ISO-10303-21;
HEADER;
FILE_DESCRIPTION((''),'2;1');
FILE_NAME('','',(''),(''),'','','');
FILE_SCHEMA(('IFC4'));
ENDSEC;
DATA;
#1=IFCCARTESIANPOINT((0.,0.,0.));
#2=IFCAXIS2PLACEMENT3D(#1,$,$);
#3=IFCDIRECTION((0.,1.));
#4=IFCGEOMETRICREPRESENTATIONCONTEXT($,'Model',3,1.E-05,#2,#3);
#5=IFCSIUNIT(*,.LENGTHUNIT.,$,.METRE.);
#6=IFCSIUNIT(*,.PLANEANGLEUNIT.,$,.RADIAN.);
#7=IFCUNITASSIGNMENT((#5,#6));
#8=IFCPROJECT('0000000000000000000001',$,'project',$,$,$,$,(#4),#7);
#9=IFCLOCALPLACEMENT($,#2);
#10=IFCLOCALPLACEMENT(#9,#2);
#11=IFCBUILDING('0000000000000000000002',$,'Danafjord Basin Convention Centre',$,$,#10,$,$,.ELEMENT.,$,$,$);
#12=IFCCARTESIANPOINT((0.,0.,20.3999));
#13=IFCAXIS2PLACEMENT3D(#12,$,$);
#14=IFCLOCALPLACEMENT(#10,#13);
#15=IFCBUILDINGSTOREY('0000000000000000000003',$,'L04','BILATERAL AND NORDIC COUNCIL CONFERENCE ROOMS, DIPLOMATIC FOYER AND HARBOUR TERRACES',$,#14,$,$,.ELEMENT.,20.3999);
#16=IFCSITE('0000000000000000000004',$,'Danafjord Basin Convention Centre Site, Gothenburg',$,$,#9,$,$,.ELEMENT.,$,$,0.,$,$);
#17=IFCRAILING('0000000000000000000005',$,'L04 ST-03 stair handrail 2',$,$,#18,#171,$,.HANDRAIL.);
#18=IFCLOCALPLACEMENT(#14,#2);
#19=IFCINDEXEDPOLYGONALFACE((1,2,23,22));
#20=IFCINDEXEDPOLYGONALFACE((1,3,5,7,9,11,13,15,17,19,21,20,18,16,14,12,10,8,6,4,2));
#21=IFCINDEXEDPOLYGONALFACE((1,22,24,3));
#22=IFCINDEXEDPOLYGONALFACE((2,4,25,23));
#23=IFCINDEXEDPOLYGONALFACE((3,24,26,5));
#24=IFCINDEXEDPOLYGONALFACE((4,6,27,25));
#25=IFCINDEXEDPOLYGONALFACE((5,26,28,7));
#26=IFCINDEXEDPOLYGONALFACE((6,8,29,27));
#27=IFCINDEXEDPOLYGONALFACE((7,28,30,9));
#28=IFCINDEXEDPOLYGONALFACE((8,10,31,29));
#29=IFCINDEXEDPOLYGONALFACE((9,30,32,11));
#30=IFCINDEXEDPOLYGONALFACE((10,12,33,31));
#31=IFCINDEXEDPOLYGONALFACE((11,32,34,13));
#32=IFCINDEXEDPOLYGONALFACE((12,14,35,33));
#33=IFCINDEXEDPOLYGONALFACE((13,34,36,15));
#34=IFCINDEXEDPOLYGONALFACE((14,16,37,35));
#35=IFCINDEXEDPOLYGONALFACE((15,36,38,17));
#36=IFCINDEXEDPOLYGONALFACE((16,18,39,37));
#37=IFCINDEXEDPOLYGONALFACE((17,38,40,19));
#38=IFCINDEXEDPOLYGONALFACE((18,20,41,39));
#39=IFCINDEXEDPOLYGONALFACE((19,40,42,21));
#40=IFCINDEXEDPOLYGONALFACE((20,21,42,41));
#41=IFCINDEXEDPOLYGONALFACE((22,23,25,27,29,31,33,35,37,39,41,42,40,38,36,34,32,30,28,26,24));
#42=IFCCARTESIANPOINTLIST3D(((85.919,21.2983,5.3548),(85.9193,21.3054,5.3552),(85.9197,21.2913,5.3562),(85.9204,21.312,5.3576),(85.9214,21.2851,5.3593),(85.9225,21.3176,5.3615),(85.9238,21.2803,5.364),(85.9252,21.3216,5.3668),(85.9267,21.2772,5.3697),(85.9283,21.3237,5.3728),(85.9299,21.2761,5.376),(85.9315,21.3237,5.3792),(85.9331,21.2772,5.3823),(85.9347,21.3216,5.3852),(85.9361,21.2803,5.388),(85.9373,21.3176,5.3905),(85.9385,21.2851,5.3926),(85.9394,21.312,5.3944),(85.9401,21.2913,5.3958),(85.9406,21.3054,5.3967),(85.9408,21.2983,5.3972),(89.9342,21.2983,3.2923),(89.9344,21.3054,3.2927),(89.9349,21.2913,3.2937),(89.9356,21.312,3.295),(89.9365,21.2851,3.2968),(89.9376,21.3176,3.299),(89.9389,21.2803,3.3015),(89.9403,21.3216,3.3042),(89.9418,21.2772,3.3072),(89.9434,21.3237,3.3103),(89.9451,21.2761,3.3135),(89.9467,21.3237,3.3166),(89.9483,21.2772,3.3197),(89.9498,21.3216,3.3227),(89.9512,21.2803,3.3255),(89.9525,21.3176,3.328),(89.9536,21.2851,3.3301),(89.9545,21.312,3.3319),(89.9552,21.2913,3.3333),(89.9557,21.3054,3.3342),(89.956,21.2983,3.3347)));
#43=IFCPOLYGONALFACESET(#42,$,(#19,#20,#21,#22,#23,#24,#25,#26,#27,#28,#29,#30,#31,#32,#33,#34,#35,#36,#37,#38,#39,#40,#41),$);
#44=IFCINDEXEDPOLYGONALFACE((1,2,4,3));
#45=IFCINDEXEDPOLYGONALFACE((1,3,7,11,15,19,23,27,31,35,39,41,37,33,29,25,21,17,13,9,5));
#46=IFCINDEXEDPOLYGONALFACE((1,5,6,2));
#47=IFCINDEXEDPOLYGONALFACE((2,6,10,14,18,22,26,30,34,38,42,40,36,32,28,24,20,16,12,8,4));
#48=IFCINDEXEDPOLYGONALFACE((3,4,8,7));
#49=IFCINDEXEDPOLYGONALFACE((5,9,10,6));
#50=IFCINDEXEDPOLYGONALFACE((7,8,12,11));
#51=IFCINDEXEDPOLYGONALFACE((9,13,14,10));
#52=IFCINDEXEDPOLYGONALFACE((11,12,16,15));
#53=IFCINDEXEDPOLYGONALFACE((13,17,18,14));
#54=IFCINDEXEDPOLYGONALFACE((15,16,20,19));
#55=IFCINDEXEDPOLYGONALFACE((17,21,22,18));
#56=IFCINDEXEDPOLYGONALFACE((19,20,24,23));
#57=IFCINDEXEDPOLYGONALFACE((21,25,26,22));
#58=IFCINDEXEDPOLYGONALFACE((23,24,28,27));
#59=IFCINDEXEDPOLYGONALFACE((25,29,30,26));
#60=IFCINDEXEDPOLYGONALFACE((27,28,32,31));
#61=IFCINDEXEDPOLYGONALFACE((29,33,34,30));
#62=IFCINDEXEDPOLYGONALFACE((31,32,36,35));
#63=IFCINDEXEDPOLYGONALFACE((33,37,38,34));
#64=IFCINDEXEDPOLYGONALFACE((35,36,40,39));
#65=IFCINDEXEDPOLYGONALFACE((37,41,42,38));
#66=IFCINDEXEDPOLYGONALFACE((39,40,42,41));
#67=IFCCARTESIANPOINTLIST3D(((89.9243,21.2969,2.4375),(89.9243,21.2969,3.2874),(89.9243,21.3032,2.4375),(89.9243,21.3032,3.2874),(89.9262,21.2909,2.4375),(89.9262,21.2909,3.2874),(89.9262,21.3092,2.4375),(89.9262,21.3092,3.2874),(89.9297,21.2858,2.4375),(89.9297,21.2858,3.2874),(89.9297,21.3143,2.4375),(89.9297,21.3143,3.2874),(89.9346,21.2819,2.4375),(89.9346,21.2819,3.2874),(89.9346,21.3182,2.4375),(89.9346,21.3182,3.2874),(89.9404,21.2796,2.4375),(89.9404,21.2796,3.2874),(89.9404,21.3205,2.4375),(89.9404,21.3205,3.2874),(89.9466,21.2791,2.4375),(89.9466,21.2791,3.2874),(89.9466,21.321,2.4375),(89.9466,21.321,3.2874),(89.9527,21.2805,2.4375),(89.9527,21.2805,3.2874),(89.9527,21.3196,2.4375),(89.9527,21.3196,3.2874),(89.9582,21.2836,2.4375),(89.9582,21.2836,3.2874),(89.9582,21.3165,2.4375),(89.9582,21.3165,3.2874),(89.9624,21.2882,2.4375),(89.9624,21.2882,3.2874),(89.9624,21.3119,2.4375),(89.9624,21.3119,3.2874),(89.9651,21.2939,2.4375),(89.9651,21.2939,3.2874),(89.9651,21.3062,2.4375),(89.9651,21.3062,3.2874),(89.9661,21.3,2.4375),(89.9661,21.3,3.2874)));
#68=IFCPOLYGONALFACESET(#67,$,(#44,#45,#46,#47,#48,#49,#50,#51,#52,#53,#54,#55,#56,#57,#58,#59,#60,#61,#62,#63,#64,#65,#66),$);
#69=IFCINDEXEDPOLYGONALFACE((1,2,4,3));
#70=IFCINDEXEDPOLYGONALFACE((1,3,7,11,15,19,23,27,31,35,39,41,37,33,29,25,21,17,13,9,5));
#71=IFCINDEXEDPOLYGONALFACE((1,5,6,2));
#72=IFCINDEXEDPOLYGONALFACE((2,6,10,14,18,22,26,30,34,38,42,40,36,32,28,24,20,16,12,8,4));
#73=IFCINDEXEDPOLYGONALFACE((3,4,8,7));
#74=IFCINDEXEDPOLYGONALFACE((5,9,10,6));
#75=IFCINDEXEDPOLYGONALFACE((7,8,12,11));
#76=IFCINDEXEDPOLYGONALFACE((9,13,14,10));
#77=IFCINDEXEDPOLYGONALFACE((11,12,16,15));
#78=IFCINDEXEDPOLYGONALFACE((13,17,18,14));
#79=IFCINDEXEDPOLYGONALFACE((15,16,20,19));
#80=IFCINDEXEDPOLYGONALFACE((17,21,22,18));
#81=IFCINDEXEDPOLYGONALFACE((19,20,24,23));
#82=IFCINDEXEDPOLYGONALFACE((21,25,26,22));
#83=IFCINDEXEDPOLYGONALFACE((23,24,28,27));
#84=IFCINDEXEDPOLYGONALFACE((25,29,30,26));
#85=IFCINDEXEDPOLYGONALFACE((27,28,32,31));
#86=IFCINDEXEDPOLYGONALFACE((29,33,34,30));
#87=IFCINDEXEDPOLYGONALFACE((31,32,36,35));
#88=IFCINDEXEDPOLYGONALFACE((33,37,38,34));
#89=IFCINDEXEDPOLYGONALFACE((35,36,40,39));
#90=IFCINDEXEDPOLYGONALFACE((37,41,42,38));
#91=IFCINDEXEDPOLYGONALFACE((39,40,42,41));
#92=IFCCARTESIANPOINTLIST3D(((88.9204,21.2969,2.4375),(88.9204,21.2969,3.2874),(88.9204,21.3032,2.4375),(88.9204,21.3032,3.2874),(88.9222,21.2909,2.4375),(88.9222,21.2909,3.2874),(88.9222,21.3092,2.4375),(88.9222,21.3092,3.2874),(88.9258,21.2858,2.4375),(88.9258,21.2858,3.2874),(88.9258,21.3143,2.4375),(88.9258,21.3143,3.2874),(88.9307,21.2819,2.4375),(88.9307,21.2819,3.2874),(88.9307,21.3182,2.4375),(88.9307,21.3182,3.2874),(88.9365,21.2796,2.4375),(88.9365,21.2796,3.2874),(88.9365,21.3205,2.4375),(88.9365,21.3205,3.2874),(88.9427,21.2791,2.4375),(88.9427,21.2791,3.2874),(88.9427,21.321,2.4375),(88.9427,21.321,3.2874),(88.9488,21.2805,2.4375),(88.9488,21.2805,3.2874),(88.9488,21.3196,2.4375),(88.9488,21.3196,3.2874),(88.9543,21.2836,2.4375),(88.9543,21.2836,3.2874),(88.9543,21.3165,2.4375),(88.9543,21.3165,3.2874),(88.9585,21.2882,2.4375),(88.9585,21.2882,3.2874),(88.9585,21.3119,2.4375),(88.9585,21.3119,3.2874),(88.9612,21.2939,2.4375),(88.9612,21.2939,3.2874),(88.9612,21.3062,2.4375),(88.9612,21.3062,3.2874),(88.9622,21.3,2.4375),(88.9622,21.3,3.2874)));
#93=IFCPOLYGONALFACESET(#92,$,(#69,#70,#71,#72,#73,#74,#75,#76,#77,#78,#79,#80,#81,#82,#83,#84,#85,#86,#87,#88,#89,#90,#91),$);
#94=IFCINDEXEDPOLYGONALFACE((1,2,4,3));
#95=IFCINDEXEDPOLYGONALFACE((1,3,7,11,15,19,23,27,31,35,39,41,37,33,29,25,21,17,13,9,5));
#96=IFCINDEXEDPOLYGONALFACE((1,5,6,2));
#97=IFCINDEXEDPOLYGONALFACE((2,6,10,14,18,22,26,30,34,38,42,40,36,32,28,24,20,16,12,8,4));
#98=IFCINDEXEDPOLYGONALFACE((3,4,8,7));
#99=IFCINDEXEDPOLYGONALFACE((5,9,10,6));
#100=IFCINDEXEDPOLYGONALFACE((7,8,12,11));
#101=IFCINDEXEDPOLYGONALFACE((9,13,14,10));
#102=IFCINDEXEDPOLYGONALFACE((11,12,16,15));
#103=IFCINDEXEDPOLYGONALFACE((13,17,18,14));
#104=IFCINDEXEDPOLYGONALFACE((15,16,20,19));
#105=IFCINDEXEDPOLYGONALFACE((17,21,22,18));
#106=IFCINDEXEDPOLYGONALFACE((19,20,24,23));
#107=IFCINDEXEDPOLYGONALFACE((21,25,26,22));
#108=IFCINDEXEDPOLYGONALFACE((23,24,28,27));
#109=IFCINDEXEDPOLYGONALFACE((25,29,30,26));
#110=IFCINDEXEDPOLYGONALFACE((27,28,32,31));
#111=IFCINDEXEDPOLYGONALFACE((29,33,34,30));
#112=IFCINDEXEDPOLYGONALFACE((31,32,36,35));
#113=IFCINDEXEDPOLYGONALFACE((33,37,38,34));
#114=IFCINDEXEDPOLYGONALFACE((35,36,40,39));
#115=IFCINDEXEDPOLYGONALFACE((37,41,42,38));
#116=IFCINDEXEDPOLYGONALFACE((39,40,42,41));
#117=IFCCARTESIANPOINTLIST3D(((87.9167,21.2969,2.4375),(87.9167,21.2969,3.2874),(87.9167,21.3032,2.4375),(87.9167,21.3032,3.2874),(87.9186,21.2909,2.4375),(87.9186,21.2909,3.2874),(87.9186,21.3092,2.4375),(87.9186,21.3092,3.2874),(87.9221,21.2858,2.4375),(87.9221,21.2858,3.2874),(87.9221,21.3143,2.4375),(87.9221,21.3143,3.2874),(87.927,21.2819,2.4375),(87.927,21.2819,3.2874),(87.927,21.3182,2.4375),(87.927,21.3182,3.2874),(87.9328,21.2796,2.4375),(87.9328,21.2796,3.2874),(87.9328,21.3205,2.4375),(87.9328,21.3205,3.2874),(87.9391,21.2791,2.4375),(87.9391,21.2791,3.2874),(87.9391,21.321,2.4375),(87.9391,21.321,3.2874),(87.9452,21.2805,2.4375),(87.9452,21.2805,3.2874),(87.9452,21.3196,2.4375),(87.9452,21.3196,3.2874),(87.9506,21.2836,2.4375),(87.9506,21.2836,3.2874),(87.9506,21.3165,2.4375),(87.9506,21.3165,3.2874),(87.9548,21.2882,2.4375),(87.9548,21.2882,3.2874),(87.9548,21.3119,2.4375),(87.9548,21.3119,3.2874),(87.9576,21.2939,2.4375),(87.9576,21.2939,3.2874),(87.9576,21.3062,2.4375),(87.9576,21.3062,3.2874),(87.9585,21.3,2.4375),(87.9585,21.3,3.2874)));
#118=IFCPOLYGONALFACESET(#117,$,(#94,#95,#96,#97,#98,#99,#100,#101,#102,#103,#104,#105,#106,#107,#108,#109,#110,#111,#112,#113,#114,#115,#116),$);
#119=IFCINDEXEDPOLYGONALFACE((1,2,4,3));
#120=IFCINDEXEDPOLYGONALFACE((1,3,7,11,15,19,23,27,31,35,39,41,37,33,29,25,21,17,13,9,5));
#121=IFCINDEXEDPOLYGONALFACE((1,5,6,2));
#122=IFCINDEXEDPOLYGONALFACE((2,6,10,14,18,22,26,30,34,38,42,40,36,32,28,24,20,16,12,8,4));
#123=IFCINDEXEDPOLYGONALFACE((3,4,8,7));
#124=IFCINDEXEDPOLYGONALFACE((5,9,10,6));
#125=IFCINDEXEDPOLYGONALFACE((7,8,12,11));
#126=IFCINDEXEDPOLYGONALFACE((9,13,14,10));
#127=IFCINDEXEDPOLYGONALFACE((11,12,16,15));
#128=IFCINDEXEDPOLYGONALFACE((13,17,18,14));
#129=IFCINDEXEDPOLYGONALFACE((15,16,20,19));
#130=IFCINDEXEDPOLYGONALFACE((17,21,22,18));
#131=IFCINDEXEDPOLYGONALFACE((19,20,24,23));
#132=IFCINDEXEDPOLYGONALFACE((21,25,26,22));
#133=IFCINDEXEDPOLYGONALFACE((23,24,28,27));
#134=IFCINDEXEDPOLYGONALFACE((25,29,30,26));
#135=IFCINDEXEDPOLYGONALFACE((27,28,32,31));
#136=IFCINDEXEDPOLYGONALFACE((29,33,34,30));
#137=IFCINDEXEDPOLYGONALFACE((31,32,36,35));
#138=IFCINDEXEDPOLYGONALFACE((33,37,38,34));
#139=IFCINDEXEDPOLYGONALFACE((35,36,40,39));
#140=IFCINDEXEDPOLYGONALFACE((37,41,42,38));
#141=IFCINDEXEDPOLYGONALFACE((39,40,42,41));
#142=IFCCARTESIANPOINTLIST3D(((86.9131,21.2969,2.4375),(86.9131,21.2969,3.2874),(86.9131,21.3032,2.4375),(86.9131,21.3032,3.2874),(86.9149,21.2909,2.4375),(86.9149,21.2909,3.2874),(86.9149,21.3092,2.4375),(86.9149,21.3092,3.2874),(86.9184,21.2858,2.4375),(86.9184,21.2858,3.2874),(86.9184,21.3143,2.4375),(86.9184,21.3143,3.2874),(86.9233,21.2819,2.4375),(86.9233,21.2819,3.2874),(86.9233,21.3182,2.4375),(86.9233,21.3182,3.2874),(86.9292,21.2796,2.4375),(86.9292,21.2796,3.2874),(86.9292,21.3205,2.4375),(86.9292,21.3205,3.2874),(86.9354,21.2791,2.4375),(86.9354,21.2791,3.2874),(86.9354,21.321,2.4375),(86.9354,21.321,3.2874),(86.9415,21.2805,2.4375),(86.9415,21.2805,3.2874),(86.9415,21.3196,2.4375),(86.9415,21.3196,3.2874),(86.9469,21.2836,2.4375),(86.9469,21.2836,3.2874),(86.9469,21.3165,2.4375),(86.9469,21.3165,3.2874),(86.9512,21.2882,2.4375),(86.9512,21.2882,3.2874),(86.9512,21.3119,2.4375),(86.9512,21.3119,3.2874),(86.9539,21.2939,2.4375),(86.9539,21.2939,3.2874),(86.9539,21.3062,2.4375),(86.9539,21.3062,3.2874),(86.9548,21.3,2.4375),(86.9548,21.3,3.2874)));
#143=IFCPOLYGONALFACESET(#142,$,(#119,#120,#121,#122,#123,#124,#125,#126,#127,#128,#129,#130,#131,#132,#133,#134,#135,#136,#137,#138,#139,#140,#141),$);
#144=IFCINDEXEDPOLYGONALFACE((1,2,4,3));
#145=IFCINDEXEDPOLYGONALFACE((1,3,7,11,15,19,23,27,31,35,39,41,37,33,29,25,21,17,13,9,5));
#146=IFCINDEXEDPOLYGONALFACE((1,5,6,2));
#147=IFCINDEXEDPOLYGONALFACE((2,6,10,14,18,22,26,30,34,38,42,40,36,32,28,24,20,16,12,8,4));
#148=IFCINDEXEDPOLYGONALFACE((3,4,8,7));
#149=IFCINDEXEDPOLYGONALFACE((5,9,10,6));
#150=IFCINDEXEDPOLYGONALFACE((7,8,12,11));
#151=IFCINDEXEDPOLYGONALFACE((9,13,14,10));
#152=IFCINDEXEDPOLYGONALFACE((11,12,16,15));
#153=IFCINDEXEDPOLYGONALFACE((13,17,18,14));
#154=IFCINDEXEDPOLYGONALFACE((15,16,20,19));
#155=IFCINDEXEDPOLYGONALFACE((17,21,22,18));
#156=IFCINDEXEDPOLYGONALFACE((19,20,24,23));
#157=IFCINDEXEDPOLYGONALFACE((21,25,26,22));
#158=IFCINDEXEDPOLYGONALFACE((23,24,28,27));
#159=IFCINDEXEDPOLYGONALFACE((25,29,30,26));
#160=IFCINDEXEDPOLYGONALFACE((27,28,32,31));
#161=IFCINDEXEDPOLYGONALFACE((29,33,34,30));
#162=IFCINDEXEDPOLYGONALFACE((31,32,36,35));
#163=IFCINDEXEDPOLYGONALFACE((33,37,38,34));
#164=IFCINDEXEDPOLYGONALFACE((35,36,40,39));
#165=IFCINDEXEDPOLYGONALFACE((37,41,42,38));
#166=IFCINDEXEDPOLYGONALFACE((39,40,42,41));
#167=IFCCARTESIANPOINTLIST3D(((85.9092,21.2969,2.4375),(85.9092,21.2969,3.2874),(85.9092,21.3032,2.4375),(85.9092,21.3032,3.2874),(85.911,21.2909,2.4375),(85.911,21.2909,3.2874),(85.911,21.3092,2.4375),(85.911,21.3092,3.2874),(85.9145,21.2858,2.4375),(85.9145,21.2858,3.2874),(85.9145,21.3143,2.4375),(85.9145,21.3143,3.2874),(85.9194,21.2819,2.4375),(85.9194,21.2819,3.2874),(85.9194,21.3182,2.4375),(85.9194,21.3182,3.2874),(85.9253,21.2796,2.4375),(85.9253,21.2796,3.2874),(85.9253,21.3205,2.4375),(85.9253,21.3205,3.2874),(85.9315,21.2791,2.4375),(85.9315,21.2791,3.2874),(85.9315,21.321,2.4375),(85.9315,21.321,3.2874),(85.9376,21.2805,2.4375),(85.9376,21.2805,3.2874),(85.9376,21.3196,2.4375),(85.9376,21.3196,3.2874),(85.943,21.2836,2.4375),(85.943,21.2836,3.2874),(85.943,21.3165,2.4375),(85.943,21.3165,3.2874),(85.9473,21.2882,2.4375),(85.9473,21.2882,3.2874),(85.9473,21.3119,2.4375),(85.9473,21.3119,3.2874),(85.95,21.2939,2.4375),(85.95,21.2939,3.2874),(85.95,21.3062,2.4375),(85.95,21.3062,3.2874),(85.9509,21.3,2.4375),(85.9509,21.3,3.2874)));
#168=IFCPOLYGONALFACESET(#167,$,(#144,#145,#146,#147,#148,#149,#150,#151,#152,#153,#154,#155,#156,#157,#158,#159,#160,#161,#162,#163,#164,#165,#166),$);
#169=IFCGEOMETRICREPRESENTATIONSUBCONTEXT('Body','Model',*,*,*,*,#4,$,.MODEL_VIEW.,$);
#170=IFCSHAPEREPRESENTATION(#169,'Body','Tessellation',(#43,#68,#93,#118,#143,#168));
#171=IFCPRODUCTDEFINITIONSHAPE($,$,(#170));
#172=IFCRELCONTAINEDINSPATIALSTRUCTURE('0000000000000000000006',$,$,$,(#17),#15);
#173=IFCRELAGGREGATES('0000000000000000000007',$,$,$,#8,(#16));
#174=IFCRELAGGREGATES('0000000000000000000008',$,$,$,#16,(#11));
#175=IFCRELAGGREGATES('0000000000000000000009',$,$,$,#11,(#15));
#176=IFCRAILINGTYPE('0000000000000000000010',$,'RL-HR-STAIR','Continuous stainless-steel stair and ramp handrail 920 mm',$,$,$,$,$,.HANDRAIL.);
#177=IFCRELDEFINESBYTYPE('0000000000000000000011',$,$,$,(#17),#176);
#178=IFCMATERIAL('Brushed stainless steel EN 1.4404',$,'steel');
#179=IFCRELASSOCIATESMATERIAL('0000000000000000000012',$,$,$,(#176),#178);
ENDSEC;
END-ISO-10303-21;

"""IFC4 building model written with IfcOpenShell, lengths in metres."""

from ifc_helpers import new_model, si_unit, direction, frame, origin, origin_2d, place, context, subcontext, project, spatial, circle, extrude, material, type_object, element, save


model = new_model("IFC4")

# Units and contexts
model_context = context("Model", 3, precision=1e-05, world=origin(), true_north=direction((0.0, 1.0)))
body_context = subcontext(model_context, "Body", "Model", "MODEL_VIEW")
ifc_project = project(units=[si_unit("LENGTHUNIT", "METRE"), si_unit("PLANEANGLEUNIT", "RADIAN")], contexts=[model_context])

# Site, building, storey
site_placement = place(None, origin())
site = spatial("IfcSite", under=ifc_project, at=site_placement, Name="Danafjord Basin Convention Centre Site, Gothenburg", CompositionType="ELEMENT", RefElevation=0.0)
building_placement = place(site_placement, origin())
building = spatial("IfcBuilding", under=site, at=building_placement, Name="Danafjord Basin Convention Centre", CompositionType="ELEMENT")
storey_placement = place(building_placement, frame((0.0, 0.0, 20.3999)))
storey = spatial("IfcBuildingStorey", under=building, at=storey_placement, Name="L04", Description="BILATERAL AND NORDIC COUNCIL CONFERENCE ROOMS, DIPLOMATIC FOYER AND HARBOUR TERRACES", CompositionType="ELEMENT", Elevation=20.3999)

# Railing
ifc_material_1 = material(Name="Brushed stainless steel EN 1.4404", Category="steel")
railing_type_1 = type_object("IfcRailingType", Name="RL-HR-STAIR", Description="Continuous stainless-steel stair and ramp handrail 920 mm", PredefinedType="HANDRAIL", material=ifc_material_1)
railing_1_placement = place(storey_placement, frame((89.9451, 21.3, 2.4375)))
element("IfcRailing", 1, at=railing_1_placement, inside=storey, type_object=railing_type_1, Name="L04 ST-03 stair handrail 2", PredefinedType="HANDRAIL", context=body_context, shape_type="SweptSolid", body=[
    extrude(circle(Radius=0.0239, at=origin_2d()), frame((0.0, 0.0, 0.876), z_axis=(-0.889506, 0.0, 0.456923), x_axis=(0.0, -1.0, 0.0)), (0.0, 0.0, 1.0), 4.5139),
    extrude(circle(Radius=0.021, at=origin_2d()), origin(), (0.0, 0.0, 1.0), 0.8499),
    extrude(circle(Radius=0.021, at=origin_2d()), frame((-1.0039, 0.0, 0.0)), (0.0, 0.0, 1.0), 0.8499),
    extrude(circle(Radius=0.021, at=origin_2d()), frame((-2.0076, 0.0, 0.0)), (0.0, 0.0, 1.0), 0.8499),
    extrude(circle(Radius=0.021, at=origin_2d()), frame((-3.0112, 0.0, 0.0)), (0.0, 0.0, 1.0), 0.8499),
    extrude(circle(Radius=0.021, at=origin_2d()), frame((-4.0151, 0.0, 0.0)), (0.0, 0.0, 1.0), 0.8499),
])

save(model, "model.ifc")
